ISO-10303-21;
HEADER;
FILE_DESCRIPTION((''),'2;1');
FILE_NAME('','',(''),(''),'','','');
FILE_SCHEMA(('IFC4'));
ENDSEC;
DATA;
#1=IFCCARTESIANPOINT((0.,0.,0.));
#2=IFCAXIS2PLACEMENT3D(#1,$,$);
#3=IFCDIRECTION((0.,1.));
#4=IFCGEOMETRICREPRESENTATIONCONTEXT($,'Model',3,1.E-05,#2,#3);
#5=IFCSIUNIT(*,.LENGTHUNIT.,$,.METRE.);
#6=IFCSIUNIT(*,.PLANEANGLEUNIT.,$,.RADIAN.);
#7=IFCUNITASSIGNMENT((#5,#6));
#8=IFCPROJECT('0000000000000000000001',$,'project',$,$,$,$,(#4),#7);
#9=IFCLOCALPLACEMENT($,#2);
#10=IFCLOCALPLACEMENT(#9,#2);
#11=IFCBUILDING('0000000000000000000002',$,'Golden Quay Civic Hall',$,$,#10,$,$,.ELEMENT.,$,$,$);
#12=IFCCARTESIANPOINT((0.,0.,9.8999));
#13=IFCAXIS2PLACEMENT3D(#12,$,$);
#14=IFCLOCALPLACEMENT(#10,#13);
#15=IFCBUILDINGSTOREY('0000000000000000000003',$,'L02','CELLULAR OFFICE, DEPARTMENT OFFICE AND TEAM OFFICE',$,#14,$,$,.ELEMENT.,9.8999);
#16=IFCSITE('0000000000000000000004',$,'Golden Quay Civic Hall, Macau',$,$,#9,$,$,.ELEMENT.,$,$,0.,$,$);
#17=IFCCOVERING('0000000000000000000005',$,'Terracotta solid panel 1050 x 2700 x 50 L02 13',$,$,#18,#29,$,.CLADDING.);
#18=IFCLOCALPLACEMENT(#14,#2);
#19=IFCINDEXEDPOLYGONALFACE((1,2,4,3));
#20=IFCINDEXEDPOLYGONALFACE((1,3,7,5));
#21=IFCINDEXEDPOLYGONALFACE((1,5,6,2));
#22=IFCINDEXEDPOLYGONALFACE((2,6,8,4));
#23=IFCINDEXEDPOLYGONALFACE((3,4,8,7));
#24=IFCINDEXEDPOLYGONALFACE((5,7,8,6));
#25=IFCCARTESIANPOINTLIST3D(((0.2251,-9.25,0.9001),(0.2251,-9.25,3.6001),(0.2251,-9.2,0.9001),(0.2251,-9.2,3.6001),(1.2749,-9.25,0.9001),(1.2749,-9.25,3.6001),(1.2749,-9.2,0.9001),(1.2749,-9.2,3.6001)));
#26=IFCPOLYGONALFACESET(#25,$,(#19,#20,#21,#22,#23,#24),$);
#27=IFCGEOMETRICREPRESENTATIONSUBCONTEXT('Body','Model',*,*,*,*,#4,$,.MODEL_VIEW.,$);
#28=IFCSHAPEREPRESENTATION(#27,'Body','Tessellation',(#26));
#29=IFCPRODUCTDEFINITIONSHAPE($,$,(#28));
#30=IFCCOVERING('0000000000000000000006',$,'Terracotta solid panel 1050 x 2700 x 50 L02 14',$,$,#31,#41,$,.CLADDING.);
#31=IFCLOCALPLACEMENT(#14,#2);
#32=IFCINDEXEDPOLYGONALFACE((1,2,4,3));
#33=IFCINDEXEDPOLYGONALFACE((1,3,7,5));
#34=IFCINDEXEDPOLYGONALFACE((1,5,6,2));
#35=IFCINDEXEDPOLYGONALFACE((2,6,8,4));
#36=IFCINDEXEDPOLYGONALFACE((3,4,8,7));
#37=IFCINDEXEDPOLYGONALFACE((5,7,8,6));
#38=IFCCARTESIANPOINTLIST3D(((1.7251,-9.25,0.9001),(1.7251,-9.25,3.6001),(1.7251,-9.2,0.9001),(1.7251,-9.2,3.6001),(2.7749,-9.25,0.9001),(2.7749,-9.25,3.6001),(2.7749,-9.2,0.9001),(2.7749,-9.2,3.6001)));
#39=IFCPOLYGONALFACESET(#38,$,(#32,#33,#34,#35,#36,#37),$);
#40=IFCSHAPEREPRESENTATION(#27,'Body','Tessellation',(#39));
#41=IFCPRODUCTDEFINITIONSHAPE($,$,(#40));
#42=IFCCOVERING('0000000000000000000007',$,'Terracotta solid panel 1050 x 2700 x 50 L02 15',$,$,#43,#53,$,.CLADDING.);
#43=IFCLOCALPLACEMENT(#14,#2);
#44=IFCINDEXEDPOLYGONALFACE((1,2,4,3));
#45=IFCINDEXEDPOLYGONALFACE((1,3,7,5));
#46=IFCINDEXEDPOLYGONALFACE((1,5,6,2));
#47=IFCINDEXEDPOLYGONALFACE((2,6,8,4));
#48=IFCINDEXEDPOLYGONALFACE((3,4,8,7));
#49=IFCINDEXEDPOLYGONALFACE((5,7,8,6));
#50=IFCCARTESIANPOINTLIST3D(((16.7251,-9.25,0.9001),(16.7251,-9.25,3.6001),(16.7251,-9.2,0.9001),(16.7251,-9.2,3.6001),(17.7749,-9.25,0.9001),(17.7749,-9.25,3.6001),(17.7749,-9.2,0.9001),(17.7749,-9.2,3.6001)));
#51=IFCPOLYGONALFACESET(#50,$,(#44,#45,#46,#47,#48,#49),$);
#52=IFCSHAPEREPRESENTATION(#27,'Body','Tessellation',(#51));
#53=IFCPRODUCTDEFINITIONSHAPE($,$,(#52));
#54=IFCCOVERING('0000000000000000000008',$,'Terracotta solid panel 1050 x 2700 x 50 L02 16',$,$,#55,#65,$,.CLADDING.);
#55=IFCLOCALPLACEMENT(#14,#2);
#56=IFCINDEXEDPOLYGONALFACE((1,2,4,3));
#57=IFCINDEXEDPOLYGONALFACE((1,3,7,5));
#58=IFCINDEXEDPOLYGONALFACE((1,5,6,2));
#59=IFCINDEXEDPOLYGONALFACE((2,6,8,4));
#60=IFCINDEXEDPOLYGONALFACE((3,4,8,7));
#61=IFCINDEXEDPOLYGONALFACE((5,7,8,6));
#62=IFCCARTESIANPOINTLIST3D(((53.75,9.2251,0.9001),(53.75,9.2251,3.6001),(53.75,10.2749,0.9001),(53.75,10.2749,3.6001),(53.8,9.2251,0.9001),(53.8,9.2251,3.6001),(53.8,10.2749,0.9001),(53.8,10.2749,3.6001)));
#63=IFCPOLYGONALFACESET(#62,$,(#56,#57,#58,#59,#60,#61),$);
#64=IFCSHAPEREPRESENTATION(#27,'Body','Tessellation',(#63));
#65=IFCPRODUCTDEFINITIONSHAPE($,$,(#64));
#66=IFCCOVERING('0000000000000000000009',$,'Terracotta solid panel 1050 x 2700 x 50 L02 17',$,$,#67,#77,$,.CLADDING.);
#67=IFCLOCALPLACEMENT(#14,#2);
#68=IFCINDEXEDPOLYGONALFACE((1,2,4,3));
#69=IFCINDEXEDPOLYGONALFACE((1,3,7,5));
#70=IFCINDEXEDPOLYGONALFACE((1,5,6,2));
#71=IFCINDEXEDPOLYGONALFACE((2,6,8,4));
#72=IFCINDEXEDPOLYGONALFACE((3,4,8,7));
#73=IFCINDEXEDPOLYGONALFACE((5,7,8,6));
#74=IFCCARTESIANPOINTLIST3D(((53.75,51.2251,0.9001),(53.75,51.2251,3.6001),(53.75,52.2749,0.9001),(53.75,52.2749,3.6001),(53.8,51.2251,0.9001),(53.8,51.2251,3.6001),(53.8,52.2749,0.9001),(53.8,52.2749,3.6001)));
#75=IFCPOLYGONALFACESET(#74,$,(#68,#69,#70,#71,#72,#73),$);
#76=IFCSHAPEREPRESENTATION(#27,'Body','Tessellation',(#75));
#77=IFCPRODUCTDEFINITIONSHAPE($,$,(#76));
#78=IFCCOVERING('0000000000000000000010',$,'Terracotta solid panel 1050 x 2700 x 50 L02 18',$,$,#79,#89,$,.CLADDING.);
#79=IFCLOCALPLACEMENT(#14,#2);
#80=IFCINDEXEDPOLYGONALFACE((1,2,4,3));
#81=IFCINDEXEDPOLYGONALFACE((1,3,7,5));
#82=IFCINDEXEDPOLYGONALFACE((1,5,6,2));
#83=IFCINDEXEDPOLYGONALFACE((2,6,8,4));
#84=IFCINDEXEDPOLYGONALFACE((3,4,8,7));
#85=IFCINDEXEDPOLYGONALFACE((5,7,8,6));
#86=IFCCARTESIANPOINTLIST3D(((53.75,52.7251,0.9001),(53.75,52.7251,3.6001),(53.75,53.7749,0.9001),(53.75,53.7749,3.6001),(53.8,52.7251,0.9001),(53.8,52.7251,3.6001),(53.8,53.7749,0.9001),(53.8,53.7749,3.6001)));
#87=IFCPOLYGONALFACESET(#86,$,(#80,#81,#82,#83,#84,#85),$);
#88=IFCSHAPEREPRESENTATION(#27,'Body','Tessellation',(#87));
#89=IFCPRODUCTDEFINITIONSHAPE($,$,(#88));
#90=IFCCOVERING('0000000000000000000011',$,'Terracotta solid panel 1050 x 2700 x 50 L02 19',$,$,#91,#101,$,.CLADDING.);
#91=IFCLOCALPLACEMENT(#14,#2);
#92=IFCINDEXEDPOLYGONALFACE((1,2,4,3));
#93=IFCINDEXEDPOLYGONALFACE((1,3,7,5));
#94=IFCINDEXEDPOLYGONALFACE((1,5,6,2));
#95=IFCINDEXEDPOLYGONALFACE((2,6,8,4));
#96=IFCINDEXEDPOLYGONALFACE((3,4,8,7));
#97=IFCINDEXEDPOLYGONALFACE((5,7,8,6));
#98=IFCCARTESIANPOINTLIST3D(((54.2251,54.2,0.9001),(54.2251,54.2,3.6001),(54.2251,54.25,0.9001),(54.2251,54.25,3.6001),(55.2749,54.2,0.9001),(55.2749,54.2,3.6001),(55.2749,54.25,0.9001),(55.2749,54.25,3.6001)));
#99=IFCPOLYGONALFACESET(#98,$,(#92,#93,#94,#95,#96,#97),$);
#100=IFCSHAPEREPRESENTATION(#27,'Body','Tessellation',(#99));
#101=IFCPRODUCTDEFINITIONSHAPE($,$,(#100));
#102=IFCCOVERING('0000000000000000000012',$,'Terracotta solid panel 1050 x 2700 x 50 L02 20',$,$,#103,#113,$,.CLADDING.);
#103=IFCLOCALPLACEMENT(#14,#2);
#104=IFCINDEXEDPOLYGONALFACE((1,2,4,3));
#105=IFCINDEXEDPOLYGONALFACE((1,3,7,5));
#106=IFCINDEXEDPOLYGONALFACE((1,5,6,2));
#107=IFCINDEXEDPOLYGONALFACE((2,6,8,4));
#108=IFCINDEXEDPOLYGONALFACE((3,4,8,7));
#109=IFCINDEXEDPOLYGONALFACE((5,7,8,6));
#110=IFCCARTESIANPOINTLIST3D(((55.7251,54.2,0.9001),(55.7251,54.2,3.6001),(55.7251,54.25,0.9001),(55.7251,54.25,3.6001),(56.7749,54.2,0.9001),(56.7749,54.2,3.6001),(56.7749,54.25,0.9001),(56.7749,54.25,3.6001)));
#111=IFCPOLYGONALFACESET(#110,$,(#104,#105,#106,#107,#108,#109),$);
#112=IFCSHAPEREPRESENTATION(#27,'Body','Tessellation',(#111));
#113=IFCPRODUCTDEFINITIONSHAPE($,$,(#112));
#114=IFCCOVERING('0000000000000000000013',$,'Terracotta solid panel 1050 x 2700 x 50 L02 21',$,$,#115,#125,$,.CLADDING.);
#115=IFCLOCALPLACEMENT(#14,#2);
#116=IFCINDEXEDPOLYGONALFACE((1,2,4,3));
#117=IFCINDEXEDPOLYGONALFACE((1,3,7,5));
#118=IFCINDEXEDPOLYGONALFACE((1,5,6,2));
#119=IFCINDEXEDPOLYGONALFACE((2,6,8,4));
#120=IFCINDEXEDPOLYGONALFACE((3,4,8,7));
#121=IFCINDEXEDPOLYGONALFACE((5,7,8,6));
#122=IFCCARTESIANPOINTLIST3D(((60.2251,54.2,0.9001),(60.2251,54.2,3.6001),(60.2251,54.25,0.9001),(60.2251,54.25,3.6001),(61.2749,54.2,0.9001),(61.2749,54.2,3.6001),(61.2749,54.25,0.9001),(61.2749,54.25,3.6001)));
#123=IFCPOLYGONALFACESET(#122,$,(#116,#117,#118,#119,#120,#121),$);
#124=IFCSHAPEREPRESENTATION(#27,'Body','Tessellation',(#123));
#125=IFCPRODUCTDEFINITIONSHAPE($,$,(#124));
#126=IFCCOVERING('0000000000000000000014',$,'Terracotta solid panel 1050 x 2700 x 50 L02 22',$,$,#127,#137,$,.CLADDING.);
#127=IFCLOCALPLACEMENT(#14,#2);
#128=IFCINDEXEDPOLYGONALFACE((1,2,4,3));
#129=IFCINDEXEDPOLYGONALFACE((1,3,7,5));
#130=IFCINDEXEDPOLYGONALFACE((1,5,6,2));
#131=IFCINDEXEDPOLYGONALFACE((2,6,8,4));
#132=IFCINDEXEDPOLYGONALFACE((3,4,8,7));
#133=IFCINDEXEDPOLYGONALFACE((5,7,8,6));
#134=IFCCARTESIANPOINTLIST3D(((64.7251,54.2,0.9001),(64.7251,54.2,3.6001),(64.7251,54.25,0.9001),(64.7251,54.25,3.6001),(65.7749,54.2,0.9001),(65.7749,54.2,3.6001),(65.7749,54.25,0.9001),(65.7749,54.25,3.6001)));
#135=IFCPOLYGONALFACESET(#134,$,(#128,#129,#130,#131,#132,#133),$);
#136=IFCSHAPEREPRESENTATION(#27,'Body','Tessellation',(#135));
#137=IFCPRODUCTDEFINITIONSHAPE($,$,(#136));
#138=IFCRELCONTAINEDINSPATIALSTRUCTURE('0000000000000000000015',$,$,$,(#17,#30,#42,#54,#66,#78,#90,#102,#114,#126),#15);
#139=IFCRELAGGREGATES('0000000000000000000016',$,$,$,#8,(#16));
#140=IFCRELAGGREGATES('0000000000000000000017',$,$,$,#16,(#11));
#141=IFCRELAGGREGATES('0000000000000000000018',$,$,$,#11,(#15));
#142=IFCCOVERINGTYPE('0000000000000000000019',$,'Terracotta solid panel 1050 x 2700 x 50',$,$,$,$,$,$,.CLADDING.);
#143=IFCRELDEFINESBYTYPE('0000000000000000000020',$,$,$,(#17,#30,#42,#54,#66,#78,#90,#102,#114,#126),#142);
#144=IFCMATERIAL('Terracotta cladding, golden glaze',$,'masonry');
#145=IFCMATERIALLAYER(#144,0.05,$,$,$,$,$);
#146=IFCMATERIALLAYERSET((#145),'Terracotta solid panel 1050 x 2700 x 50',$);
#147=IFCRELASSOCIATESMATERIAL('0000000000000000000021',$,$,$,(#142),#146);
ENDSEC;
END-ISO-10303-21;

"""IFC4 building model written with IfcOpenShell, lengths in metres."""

from ifc_helpers import new_model, si_unit, direction, frame, origin, place, context, subcontext, project, spatial, polyline, outline, extrude, material, layer, layer_set, type_object, element, save


model = new_model("IFC4")

# Units and contexts
model_context = context("Model", 3, precision=1e-05, world=origin(), true_north=direction((0.0, 1.0)))
body_context = subcontext(model_context, "Body", "Model", "MODEL_VIEW")
ifc_project = project(units=[si_unit("LENGTHUNIT", "METRE"), si_unit("PLANEANGLEUNIT", "RADIAN")], contexts=[model_context])

# Site, building, storey
site_placement = place(None, origin())
site = spatial("IfcSite", under=ifc_project, at=site_placement, Name="Golden Quay Civic Hall, Macau", CompositionType="ELEMENT", RefElevation=0.0)
building_placement = place(site_placement, origin())
building = spatial("IfcBuilding", under=site, at=building_placement, Name="Golden Quay Civic Hall", CompositionType="ELEMENT")
storey_placement = place(building_placement, frame((0.0, 0.0, 9.8999)))
storey = spatial("IfcBuildingStorey", under=building, at=storey_placement, Name="L02", Description="CELLULAR OFFICE, DEPARTMENT OFFICE AND TEAM OFFICE", CompositionType="ELEMENT", Elevation=9.8999)

# Coverings
ifc_material_1 = material(Name="Terracotta cladding, golden glaze", Category="masonry")
ifc_layer_1 = layer(ifc_material_1, 0.05)
ifc_layer_set_1 = layer_set([ifc_layer_1], Name="Terracotta solid panel 1050 x 2700 x 50")
covering_type = type_object("IfcCoveringType", Name="Terracotta solid panel 1050 x 2700 x 50", PredefinedType="CLADDING", material=ifc_layer_set_1)
covering_1_placement = place(storey_placement, frame((0.0, 0.0, 0.9001)))
element("IfcCovering", 1, at=covering_1_placement, inside=storey, type_object=covering_type, Name="Terracotta solid panel 1050 x 2700 x 50 L02 13", PredefinedType="CLADDING", context=body_context, shape_type="SweptSolid", body=[
    extrude(outline(polyline([(0.2251, -9.2), (1.2749, -9.2), (1.2749, -9.25), (0.2251, -9.25), (0.2251, -9.2)])), origin(), (0.0, 0.0, 1.0), 2.7),
])
covering_2_placement = place(storey_placement, frame((0.0, 0.0, 0.9001)))
element("IfcCovering", 2, at=covering_2_placement, inside=storey, type_object=covering_type, Name="Terracotta solid panel 1050 x 2700 x 50 L02 14", PredefinedType="CLADDING", context=body_context, shape_type="SweptSolid", body=[
    extrude(outline(polyline([(1.7251, -9.2), (2.7749, -9.2), (2.7749, -9.25), (1.7251, -9.25), (1.7251, -9.2)])), origin(), (0.0, 0.0, 1.0), 2.7),
])
covering_3_placement = place(storey_placement, frame((0.0, 0.0, 0.9001)))
element("IfcCovering", 3, at=covering_3_placement, inside=storey, type_object=covering_type, Name="Terracotta solid panel 1050 x 2700 x 50 L02 15", PredefinedType="CLADDING", context=body_context, shape_type="SweptSolid", body=[
    extrude(outline(polyline([(16.7251, -9.2), (17.7749, -9.2), (17.7749, -9.25), (16.7251, -9.25), (16.7251, -9.2)])), origin(), (0.0, 0.0, 1.0), 2.7),
])
covering_4_placement = place(storey_placement, frame((0.0, 0.0, 0.9001)))
element("IfcCovering", 4, at=covering_4_placement, inside=storey, type_object=covering_type, Name="Terracotta solid panel 1050 x 2700 x 50 L02 16", PredefinedType="CLADDING", context=body_context, shape_type="SweptSolid", body=[
    extrude(outline(polyline([(53.8, 9.2251), (53.8, 10.2749), (53.75, 10.2749), (53.75, 9.2251), (53.8, 9.2251)])), origin(), (0.0, 0.0, 1.0), 2.7),
])
covering_5_placement = place(storey_placement, frame((0.0, 0.0, 0.9001)))
element("IfcCovering", 5, at=covering_5_placement, inside=storey, type_object=covering_type, Name="Terracotta solid panel 1050 x 2700 x 50 L02 17", PredefinedType="CLADDING", context=body_context, shape_type="SweptSolid", body=[
    extrude(outline(polyline([(53.8, 51.2251), (53.8, 52.2749), (53.75, 52.2749), (53.75, 51.2251), (53.8, 51.2251)])), origin(), (0.0, 0.0, 1.0), 2.7),
])
covering_6_placement = place(storey_placement, frame((0.0, 0.0, 0.9001)))
element("IfcCovering", 6, at=covering_6_placement, inside=storey, type_object=covering_type, Name="Terracotta solid panel 1050 x 2700 x 50 L02 18", PredefinedType="CLADDING", context=body_context, shape_type="SweptSolid", body=[
    extrude(outline(polyline([(53.8, 52.7251), (53.8, 53.7749), (53.75, 53.7749), (53.75, 52.7251), (53.8, 52.7251)])), origin(), (0.0, 0.0, 1.0), 2.7),
])
covering_7_placement = place(storey_placement, frame((0.0, 0.0, 0.9001)))
element("IfcCovering", 7, at=covering_7_placement, inside=storey, type_object=covering_type, Name="Terracotta solid panel 1050 x 2700 x 50 L02 19", PredefinedType="CLADDING", context=body_context, shape_type="SweptSolid", body=[
    extrude(outline(polyline([(54.2251, 54.2), (55.2749, 54.2), (55.2749, 54.25), (54.2251, 54.25), (54.2251, 54.2)])), origin(), (0.0, 0.0, 1.0), 2.7),
])
covering_8_placement = place(storey_placement, frame((0.0, 0.0, 0.9001)))
element("IfcCovering", 8, at=covering_8_placement, inside=storey, type_object=covering_type, Name="Terracotta solid panel 1050 x 2700 x 50 L02 20", PredefinedType="CLADDING", context=body_context, shape_type="SweptSolid", body=[
    extrude(outline(polyline([(55.7251, 54.2), (56.7749, 54.2), (56.7749, 54.25), (55.7251, 54.25), (55.7251, 54.2)])), origin(), (0.0, 0.0, 1.0), 2.7),
])
covering_9_placement = place(storey_placement, frame((0.0, 0.0, 0.9001)))
element("IfcCovering", 9, at=covering_9_placement, inside=storey, type_object=covering_type, Name="Terracotta solid panel 1050 x 2700 x 50 L02 21", PredefinedType="CLADDING", context=body_context, shape_type="SweptSolid", body=[
    extrude(outline(polyline([(60.2251, 54.2), (61.2749, 54.2), (61.2749, 54.25), (60.2251, 54.25), (60.2251, 54.2)])), origin(), (0.0, 0.0, 1.0), 2.7),
])
covering_10_placement = place(storey_placement, frame((0.0, 0.0, 0.9001)))
element("IfcCovering", 10, at=covering_10_placement, inside=storey, type_object=covering_type, Name="Terracotta solid panel 1050 x 2700 x 50 L02 22", PredefinedType="CLADDING", context=body_context, shape_type="SweptSolid", body=[
    extrude(outline(polyline([(64.7251, 54.2), (65.7749, 54.2), (65.7749, 54.25), (64.7251, 54.25), (64.7251, 54.2)])), origin(), (0.0, 0.0, 1.0), 2.7),
])

save(model, "model.ifc")
